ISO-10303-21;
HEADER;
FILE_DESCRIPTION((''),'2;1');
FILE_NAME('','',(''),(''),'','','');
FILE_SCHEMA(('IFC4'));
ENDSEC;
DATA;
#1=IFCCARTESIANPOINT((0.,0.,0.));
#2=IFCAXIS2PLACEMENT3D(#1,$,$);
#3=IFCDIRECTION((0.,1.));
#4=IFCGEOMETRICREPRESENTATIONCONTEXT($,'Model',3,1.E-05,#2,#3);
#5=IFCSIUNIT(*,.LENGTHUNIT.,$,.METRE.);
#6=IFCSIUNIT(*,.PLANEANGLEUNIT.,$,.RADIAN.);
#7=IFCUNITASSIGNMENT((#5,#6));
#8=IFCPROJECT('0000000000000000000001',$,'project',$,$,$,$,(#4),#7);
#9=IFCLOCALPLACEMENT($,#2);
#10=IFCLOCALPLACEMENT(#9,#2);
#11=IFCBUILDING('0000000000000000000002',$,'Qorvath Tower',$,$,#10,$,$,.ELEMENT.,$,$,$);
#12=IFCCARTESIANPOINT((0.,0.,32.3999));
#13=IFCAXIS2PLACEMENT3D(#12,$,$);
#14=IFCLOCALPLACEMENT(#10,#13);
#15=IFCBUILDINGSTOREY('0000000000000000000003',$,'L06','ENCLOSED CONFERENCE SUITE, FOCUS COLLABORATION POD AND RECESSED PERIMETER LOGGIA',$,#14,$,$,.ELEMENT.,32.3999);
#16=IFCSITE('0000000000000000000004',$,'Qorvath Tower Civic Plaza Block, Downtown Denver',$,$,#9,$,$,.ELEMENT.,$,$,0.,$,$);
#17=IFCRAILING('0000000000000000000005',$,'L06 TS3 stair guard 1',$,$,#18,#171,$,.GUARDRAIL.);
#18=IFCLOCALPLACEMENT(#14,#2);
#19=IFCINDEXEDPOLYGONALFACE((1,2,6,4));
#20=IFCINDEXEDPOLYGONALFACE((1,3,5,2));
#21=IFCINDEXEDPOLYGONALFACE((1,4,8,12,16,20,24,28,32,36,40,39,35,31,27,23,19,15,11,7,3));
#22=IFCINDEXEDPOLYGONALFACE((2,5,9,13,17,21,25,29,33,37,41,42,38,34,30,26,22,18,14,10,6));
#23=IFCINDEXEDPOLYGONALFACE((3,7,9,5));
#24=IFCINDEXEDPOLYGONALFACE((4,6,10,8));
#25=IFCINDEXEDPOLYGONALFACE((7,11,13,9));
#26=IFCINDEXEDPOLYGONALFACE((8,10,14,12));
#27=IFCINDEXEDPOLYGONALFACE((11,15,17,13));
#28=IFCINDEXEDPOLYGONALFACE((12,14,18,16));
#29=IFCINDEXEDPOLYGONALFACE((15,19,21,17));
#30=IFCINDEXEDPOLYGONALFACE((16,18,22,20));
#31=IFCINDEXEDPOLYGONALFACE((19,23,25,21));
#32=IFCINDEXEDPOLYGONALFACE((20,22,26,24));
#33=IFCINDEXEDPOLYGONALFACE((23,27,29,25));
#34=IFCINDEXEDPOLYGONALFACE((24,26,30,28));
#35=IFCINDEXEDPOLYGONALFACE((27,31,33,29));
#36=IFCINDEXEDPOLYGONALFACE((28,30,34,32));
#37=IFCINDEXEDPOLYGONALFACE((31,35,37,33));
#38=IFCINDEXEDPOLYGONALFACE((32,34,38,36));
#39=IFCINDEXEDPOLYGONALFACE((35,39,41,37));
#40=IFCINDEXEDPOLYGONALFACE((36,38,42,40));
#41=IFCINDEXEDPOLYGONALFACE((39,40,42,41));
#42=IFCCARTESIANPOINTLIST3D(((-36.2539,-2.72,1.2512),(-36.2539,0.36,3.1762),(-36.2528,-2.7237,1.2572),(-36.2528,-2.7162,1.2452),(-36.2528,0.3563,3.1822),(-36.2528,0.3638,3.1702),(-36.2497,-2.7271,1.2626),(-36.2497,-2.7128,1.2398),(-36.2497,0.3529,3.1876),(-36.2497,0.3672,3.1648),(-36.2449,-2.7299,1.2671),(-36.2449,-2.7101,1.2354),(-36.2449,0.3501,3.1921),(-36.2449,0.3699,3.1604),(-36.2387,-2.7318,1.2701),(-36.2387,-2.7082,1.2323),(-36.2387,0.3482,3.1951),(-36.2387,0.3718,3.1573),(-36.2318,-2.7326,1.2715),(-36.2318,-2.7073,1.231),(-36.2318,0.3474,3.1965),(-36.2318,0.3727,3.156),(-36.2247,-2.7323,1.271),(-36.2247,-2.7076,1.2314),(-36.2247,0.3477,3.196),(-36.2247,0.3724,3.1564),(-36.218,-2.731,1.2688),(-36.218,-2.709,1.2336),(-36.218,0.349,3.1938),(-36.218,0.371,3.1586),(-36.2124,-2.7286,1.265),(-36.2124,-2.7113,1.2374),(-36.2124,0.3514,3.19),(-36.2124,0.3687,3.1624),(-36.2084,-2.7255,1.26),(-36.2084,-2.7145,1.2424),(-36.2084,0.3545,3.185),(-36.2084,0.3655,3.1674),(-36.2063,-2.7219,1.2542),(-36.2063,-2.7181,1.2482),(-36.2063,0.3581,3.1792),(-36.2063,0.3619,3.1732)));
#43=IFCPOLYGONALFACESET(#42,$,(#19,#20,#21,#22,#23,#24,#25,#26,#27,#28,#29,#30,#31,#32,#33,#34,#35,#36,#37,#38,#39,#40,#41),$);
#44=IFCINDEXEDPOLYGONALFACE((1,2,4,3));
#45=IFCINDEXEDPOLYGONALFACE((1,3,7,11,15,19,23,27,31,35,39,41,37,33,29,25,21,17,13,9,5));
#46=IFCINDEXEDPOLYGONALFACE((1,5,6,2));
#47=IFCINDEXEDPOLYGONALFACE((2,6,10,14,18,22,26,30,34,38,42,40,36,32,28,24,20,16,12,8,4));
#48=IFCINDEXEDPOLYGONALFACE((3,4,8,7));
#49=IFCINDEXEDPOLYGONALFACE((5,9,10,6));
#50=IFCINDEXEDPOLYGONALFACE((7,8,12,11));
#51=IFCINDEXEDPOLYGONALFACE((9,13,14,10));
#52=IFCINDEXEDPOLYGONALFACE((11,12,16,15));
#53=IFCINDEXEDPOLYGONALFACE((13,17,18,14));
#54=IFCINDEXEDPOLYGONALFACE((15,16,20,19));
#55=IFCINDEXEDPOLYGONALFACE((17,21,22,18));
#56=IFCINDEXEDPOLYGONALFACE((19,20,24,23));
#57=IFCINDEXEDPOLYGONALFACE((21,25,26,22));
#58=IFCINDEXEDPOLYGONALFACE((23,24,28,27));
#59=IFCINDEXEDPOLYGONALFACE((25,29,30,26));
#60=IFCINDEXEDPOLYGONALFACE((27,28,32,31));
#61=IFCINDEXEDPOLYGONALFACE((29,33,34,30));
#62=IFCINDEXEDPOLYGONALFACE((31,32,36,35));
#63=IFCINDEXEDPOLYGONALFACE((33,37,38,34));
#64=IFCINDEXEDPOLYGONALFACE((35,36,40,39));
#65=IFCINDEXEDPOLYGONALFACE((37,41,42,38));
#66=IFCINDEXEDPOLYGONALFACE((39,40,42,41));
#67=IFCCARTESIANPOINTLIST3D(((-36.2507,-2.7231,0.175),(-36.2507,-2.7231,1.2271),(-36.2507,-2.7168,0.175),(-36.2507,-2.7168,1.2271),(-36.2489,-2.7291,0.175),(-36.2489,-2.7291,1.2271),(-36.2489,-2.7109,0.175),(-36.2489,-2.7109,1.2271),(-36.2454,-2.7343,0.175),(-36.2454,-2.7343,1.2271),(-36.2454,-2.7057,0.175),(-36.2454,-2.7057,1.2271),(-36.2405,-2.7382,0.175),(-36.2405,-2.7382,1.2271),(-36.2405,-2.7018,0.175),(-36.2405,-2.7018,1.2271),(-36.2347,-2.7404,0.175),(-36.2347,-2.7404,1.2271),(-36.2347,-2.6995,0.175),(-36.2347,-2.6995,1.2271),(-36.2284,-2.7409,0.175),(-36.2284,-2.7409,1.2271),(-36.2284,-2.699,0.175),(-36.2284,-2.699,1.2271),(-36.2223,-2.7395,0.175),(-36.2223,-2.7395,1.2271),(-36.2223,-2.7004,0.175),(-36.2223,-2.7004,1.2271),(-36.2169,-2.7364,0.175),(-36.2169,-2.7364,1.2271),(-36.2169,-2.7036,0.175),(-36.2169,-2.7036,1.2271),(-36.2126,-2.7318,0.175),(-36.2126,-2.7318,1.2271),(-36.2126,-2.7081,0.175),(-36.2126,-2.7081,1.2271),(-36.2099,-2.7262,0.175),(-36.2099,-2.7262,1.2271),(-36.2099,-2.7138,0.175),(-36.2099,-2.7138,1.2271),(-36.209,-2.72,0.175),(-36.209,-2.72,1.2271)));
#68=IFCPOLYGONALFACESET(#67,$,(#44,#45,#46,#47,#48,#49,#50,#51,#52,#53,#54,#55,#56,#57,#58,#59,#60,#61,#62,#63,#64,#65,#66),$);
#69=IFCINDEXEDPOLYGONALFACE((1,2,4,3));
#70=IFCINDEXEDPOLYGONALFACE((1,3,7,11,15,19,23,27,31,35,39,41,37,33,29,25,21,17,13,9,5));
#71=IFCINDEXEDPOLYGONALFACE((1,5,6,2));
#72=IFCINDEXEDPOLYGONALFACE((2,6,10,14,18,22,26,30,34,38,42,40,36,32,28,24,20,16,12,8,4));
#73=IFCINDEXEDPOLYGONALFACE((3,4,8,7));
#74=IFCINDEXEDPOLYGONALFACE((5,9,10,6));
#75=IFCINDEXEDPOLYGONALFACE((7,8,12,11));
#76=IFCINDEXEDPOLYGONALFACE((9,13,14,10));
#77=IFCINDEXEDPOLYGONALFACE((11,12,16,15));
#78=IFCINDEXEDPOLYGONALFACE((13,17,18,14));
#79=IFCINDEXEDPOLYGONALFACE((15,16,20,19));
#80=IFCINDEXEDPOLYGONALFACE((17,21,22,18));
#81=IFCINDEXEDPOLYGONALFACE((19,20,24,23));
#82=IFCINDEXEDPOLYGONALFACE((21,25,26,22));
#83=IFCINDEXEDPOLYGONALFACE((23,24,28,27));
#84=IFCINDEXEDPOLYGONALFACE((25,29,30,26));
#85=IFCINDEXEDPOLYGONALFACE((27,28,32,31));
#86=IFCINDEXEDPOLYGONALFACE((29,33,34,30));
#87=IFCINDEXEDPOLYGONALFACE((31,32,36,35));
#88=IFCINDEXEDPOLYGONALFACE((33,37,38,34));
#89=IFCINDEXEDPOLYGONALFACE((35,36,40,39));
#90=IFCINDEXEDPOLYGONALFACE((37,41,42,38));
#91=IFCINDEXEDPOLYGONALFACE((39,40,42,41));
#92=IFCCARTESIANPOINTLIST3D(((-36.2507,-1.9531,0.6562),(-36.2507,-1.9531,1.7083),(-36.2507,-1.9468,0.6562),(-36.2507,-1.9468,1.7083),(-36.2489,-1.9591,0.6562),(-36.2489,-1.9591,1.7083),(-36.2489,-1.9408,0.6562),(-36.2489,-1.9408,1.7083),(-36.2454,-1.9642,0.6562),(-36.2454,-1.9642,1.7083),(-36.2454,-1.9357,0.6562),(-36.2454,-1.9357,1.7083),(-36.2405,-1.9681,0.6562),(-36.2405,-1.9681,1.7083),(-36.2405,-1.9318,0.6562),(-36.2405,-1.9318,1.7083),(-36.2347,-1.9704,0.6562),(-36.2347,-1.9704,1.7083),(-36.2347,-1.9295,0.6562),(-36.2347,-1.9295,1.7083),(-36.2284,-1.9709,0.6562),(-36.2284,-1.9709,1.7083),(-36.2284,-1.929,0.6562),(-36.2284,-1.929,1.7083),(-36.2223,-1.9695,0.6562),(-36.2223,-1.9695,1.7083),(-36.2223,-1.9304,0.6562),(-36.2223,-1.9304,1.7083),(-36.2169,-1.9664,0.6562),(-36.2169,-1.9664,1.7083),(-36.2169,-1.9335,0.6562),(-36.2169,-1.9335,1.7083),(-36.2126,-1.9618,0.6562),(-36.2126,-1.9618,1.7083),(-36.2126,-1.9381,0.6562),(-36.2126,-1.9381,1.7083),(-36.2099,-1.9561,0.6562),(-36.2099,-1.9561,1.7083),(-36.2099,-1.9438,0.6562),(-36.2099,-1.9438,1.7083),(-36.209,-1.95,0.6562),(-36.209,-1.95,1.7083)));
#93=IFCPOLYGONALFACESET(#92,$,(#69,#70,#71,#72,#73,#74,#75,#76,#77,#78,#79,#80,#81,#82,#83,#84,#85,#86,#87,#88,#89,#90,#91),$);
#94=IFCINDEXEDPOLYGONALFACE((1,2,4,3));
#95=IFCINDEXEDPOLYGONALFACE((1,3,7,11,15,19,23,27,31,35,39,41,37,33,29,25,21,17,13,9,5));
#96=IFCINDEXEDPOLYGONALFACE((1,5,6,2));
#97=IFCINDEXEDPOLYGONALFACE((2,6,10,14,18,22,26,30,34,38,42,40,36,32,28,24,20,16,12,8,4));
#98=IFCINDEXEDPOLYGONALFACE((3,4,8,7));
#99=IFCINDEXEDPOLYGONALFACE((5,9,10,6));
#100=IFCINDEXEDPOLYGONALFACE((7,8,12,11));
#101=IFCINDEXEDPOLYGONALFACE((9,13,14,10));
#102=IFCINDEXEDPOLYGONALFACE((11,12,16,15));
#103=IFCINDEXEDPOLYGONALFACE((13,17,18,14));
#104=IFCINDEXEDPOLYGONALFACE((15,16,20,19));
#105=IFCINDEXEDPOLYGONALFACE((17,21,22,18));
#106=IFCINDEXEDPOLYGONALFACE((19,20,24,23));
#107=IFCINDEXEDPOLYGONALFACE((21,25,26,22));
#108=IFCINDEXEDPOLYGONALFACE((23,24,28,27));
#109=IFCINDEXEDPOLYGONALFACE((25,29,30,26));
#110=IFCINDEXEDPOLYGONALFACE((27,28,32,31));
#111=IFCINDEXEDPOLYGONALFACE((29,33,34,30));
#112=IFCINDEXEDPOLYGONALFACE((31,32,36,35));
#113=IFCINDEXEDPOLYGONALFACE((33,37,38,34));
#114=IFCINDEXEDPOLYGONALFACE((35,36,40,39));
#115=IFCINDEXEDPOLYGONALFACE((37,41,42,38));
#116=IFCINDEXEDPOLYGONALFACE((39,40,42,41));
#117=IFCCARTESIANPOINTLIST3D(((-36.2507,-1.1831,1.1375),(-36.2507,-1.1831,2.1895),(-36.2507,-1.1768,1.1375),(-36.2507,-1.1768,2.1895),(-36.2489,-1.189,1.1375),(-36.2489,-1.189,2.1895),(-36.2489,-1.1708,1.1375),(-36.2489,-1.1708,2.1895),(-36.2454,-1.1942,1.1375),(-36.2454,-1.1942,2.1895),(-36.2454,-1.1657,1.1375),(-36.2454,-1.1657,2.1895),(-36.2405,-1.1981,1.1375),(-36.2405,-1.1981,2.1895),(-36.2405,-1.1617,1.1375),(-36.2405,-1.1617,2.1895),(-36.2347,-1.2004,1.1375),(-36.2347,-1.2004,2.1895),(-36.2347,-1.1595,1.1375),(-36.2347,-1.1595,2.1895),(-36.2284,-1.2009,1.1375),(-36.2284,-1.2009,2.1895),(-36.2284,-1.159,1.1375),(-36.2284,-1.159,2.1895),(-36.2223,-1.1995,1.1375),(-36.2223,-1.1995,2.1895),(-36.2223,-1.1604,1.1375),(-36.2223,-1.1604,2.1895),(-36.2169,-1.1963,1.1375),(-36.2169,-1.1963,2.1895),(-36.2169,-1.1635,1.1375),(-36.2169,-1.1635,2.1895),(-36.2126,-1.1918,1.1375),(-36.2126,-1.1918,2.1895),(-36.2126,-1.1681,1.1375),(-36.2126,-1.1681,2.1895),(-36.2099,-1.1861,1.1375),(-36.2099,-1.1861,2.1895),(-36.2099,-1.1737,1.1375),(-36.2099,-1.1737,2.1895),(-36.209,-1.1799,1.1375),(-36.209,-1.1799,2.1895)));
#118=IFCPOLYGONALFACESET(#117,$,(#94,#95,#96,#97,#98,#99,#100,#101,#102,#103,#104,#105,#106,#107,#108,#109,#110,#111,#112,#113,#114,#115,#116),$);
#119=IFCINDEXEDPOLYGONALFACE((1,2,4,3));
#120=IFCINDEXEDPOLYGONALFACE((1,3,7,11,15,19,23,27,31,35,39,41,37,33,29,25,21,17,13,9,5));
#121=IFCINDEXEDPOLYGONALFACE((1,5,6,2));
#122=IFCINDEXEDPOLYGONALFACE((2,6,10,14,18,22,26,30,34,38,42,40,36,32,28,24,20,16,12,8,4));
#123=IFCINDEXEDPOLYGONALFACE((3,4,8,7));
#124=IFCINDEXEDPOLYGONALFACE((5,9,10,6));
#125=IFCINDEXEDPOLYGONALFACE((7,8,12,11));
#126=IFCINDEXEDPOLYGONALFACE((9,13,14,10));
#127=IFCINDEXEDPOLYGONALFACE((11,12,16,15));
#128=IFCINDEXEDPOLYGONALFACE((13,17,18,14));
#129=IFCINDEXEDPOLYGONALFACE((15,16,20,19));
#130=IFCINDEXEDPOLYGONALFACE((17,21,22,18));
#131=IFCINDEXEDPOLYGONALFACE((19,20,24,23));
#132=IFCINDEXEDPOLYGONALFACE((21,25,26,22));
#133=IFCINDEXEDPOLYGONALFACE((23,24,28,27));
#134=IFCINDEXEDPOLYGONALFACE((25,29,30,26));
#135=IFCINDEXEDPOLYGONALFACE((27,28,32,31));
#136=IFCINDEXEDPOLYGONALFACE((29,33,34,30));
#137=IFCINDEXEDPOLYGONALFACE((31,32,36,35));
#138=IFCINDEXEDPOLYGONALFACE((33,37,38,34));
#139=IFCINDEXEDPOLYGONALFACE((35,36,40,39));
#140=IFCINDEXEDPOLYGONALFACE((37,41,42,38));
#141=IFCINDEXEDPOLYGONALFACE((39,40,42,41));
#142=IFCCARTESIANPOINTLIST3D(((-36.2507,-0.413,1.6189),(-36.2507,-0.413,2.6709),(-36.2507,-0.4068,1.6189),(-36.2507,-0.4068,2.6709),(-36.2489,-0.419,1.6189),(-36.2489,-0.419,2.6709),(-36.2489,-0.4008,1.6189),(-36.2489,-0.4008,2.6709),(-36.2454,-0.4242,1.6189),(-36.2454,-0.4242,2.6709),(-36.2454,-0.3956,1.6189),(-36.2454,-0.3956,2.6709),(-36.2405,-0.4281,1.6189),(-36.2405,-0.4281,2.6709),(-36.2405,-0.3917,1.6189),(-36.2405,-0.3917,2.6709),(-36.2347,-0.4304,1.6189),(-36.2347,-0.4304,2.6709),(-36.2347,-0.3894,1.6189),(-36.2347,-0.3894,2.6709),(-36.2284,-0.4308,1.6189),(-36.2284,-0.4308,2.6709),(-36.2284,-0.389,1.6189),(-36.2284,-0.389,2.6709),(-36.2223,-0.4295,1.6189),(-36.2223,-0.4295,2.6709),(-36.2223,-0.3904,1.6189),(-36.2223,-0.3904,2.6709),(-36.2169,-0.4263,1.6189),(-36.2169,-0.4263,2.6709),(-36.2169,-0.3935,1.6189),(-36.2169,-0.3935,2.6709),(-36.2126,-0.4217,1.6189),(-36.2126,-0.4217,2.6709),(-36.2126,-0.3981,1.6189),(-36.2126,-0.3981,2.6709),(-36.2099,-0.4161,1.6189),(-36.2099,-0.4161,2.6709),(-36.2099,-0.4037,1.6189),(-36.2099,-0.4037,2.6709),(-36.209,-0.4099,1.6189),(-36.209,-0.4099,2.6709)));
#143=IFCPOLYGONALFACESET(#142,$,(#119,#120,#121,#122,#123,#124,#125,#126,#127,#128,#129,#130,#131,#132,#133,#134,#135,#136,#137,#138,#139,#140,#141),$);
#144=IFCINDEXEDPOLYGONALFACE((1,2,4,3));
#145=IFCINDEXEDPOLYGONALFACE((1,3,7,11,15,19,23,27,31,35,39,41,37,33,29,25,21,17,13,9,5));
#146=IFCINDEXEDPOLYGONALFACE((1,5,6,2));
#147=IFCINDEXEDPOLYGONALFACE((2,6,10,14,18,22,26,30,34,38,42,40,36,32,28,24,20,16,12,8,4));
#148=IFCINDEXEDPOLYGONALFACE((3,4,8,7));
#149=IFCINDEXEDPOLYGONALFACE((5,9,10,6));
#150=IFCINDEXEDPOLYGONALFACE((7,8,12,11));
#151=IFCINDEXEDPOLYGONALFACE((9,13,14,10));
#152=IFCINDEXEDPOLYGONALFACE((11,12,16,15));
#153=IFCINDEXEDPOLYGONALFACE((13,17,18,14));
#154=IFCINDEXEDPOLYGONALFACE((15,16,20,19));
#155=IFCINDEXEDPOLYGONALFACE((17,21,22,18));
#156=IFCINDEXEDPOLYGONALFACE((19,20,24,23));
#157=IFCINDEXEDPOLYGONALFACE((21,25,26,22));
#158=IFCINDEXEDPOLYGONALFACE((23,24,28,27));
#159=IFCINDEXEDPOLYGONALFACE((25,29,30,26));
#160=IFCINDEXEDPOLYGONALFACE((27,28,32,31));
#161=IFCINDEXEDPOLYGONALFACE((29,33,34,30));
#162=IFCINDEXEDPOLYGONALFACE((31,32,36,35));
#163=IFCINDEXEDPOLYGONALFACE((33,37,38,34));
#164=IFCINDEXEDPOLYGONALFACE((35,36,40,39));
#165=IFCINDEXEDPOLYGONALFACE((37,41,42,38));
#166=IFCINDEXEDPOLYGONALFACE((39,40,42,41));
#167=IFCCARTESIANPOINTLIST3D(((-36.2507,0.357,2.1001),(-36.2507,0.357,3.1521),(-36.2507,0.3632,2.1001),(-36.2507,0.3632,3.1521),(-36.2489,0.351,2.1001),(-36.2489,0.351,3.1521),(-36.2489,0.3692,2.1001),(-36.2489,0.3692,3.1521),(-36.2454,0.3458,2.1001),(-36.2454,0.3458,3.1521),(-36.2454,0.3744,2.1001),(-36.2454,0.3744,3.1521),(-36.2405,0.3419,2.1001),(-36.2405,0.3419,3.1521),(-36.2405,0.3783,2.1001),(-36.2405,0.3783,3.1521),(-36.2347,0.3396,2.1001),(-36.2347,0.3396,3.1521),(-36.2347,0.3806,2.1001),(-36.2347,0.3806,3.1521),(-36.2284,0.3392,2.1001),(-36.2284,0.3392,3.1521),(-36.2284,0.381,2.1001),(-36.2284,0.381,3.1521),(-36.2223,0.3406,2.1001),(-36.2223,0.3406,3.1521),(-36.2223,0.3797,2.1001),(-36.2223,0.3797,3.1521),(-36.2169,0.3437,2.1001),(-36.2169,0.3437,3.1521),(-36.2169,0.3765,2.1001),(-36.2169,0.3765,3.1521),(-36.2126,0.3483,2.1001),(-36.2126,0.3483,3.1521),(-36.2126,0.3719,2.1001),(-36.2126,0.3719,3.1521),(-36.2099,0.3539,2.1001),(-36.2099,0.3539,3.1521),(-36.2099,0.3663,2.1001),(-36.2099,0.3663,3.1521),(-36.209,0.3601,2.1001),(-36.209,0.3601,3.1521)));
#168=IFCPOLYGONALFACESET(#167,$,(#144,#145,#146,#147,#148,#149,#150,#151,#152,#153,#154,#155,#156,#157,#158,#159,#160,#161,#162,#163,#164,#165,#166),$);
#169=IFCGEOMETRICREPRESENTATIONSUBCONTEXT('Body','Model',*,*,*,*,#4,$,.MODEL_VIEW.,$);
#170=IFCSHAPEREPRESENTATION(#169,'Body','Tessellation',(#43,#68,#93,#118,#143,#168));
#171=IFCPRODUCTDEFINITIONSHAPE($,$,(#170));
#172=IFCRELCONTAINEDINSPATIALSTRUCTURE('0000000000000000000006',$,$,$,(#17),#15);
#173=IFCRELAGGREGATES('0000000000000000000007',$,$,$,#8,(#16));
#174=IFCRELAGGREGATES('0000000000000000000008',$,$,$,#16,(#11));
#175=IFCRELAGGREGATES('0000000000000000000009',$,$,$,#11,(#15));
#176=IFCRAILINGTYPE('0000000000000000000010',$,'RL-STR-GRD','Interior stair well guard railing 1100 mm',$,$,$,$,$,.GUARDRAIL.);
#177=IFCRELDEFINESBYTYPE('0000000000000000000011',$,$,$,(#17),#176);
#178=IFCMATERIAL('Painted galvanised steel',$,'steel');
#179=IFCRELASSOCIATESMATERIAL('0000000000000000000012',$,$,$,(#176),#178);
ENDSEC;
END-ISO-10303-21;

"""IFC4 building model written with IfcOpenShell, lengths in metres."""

from ifc_helpers import new_model, si_unit, direction, frame, origin, origin_2d, place, context, subcontext, project, spatial, circle, extrude, material, type_object, element, save


model = new_model("IFC4")

# Units and contexts
model_context = context("Model", 3, precision=1e-05, world=origin(), true_north=direction((0.0, 1.0)))
body_context = subcontext(model_context, "Body", "Model", "MODEL_VIEW")
ifc_project = project(units=[si_unit("LENGTHUNIT", "METRE"), si_unit("PLANEANGLEUNIT", "RADIAN")], contexts=[model_context])

# Site, building, storey
site_placement = place(None, origin())
site = spatial("IfcSite", under=ifc_project, at=site_placement, Name="Qorvath Tower Civic Plaza Block, Downtown Denver", CompositionType="ELEMENT", RefElevation=0.0)
building_placement = place(site_placement, origin())
building = spatial("IfcBuilding", under=site, at=building_placement, Name="Qorvath Tower", CompositionType="ELEMENT")
storey_placement = place(building_placement, frame((0.0, 0.0, 32.3999)))
storey = spatial("IfcBuildingStorey", under=building, at=storey_placement, Name="L06", Description="ENCLOSED CONFERENCE SUITE, FOCUS COLLABORATION POD AND RECESSED PERIMETER LOGGIA", CompositionType="ELEMENT", Elevation=32.3999)

# Railing
ifc_material_1 = material(Name="Painted galvanised steel", Category="steel")
railing_type_1 = type_object("IfcRailingType", Name="RL-STR-GRD", Description="Interior stair well guard railing 1100 mm", PredefinedType="GUARDRAIL", material=ifc_material_1)
railing_1_placement = place(storey_placement, frame((-36.23, -2.72, 0.175)))
element("IfcRailing", 1, at=railing_1_placement, inside=storey, type_object=railing_type_1, Name="L06 TS3 stair guard 1", PredefinedType="GUARDRAIL", context=body_context, shape_type="SweptSolid", body=[
    extrude(circle(Radius=0.0239, at=origin_2d()), frame((0.0, 0.0, 1.0762), z_axis=(0.0, 0.847998, 0.529999), x_axis=(-1.0, 0.0, 0.0)), (0.0, 0.0, 1.0), 3.6321),
    extrude(circle(Radius=0.021, at=origin_2d()), origin(), (0.0, 0.0, 1.0), 1.052),
    extrude(circle(Radius=0.021, at=origin_2d()), frame((0.0, 0.77, 0.4812)), (0.0, 0.0, 1.0), 1.052),
    extrude(circle(Radius=0.021, at=origin_2d()), frame((0.0, 1.54, 0.9624)), (0.0, 0.0, 1.0), 1.052),
    extrude(circle(Radius=0.021, at=origin_2d()), frame((0.0, 2.3101, 1.4438)), (0.0, 0.0, 1.0), 1.052),
    extrude(circle(Radius=0.021, at=origin_2d()), frame((0.0, 3.0801, 1.925)), (0.0, 0.0, 1.0), 1.052),
])

save(model, "model.ifc")
